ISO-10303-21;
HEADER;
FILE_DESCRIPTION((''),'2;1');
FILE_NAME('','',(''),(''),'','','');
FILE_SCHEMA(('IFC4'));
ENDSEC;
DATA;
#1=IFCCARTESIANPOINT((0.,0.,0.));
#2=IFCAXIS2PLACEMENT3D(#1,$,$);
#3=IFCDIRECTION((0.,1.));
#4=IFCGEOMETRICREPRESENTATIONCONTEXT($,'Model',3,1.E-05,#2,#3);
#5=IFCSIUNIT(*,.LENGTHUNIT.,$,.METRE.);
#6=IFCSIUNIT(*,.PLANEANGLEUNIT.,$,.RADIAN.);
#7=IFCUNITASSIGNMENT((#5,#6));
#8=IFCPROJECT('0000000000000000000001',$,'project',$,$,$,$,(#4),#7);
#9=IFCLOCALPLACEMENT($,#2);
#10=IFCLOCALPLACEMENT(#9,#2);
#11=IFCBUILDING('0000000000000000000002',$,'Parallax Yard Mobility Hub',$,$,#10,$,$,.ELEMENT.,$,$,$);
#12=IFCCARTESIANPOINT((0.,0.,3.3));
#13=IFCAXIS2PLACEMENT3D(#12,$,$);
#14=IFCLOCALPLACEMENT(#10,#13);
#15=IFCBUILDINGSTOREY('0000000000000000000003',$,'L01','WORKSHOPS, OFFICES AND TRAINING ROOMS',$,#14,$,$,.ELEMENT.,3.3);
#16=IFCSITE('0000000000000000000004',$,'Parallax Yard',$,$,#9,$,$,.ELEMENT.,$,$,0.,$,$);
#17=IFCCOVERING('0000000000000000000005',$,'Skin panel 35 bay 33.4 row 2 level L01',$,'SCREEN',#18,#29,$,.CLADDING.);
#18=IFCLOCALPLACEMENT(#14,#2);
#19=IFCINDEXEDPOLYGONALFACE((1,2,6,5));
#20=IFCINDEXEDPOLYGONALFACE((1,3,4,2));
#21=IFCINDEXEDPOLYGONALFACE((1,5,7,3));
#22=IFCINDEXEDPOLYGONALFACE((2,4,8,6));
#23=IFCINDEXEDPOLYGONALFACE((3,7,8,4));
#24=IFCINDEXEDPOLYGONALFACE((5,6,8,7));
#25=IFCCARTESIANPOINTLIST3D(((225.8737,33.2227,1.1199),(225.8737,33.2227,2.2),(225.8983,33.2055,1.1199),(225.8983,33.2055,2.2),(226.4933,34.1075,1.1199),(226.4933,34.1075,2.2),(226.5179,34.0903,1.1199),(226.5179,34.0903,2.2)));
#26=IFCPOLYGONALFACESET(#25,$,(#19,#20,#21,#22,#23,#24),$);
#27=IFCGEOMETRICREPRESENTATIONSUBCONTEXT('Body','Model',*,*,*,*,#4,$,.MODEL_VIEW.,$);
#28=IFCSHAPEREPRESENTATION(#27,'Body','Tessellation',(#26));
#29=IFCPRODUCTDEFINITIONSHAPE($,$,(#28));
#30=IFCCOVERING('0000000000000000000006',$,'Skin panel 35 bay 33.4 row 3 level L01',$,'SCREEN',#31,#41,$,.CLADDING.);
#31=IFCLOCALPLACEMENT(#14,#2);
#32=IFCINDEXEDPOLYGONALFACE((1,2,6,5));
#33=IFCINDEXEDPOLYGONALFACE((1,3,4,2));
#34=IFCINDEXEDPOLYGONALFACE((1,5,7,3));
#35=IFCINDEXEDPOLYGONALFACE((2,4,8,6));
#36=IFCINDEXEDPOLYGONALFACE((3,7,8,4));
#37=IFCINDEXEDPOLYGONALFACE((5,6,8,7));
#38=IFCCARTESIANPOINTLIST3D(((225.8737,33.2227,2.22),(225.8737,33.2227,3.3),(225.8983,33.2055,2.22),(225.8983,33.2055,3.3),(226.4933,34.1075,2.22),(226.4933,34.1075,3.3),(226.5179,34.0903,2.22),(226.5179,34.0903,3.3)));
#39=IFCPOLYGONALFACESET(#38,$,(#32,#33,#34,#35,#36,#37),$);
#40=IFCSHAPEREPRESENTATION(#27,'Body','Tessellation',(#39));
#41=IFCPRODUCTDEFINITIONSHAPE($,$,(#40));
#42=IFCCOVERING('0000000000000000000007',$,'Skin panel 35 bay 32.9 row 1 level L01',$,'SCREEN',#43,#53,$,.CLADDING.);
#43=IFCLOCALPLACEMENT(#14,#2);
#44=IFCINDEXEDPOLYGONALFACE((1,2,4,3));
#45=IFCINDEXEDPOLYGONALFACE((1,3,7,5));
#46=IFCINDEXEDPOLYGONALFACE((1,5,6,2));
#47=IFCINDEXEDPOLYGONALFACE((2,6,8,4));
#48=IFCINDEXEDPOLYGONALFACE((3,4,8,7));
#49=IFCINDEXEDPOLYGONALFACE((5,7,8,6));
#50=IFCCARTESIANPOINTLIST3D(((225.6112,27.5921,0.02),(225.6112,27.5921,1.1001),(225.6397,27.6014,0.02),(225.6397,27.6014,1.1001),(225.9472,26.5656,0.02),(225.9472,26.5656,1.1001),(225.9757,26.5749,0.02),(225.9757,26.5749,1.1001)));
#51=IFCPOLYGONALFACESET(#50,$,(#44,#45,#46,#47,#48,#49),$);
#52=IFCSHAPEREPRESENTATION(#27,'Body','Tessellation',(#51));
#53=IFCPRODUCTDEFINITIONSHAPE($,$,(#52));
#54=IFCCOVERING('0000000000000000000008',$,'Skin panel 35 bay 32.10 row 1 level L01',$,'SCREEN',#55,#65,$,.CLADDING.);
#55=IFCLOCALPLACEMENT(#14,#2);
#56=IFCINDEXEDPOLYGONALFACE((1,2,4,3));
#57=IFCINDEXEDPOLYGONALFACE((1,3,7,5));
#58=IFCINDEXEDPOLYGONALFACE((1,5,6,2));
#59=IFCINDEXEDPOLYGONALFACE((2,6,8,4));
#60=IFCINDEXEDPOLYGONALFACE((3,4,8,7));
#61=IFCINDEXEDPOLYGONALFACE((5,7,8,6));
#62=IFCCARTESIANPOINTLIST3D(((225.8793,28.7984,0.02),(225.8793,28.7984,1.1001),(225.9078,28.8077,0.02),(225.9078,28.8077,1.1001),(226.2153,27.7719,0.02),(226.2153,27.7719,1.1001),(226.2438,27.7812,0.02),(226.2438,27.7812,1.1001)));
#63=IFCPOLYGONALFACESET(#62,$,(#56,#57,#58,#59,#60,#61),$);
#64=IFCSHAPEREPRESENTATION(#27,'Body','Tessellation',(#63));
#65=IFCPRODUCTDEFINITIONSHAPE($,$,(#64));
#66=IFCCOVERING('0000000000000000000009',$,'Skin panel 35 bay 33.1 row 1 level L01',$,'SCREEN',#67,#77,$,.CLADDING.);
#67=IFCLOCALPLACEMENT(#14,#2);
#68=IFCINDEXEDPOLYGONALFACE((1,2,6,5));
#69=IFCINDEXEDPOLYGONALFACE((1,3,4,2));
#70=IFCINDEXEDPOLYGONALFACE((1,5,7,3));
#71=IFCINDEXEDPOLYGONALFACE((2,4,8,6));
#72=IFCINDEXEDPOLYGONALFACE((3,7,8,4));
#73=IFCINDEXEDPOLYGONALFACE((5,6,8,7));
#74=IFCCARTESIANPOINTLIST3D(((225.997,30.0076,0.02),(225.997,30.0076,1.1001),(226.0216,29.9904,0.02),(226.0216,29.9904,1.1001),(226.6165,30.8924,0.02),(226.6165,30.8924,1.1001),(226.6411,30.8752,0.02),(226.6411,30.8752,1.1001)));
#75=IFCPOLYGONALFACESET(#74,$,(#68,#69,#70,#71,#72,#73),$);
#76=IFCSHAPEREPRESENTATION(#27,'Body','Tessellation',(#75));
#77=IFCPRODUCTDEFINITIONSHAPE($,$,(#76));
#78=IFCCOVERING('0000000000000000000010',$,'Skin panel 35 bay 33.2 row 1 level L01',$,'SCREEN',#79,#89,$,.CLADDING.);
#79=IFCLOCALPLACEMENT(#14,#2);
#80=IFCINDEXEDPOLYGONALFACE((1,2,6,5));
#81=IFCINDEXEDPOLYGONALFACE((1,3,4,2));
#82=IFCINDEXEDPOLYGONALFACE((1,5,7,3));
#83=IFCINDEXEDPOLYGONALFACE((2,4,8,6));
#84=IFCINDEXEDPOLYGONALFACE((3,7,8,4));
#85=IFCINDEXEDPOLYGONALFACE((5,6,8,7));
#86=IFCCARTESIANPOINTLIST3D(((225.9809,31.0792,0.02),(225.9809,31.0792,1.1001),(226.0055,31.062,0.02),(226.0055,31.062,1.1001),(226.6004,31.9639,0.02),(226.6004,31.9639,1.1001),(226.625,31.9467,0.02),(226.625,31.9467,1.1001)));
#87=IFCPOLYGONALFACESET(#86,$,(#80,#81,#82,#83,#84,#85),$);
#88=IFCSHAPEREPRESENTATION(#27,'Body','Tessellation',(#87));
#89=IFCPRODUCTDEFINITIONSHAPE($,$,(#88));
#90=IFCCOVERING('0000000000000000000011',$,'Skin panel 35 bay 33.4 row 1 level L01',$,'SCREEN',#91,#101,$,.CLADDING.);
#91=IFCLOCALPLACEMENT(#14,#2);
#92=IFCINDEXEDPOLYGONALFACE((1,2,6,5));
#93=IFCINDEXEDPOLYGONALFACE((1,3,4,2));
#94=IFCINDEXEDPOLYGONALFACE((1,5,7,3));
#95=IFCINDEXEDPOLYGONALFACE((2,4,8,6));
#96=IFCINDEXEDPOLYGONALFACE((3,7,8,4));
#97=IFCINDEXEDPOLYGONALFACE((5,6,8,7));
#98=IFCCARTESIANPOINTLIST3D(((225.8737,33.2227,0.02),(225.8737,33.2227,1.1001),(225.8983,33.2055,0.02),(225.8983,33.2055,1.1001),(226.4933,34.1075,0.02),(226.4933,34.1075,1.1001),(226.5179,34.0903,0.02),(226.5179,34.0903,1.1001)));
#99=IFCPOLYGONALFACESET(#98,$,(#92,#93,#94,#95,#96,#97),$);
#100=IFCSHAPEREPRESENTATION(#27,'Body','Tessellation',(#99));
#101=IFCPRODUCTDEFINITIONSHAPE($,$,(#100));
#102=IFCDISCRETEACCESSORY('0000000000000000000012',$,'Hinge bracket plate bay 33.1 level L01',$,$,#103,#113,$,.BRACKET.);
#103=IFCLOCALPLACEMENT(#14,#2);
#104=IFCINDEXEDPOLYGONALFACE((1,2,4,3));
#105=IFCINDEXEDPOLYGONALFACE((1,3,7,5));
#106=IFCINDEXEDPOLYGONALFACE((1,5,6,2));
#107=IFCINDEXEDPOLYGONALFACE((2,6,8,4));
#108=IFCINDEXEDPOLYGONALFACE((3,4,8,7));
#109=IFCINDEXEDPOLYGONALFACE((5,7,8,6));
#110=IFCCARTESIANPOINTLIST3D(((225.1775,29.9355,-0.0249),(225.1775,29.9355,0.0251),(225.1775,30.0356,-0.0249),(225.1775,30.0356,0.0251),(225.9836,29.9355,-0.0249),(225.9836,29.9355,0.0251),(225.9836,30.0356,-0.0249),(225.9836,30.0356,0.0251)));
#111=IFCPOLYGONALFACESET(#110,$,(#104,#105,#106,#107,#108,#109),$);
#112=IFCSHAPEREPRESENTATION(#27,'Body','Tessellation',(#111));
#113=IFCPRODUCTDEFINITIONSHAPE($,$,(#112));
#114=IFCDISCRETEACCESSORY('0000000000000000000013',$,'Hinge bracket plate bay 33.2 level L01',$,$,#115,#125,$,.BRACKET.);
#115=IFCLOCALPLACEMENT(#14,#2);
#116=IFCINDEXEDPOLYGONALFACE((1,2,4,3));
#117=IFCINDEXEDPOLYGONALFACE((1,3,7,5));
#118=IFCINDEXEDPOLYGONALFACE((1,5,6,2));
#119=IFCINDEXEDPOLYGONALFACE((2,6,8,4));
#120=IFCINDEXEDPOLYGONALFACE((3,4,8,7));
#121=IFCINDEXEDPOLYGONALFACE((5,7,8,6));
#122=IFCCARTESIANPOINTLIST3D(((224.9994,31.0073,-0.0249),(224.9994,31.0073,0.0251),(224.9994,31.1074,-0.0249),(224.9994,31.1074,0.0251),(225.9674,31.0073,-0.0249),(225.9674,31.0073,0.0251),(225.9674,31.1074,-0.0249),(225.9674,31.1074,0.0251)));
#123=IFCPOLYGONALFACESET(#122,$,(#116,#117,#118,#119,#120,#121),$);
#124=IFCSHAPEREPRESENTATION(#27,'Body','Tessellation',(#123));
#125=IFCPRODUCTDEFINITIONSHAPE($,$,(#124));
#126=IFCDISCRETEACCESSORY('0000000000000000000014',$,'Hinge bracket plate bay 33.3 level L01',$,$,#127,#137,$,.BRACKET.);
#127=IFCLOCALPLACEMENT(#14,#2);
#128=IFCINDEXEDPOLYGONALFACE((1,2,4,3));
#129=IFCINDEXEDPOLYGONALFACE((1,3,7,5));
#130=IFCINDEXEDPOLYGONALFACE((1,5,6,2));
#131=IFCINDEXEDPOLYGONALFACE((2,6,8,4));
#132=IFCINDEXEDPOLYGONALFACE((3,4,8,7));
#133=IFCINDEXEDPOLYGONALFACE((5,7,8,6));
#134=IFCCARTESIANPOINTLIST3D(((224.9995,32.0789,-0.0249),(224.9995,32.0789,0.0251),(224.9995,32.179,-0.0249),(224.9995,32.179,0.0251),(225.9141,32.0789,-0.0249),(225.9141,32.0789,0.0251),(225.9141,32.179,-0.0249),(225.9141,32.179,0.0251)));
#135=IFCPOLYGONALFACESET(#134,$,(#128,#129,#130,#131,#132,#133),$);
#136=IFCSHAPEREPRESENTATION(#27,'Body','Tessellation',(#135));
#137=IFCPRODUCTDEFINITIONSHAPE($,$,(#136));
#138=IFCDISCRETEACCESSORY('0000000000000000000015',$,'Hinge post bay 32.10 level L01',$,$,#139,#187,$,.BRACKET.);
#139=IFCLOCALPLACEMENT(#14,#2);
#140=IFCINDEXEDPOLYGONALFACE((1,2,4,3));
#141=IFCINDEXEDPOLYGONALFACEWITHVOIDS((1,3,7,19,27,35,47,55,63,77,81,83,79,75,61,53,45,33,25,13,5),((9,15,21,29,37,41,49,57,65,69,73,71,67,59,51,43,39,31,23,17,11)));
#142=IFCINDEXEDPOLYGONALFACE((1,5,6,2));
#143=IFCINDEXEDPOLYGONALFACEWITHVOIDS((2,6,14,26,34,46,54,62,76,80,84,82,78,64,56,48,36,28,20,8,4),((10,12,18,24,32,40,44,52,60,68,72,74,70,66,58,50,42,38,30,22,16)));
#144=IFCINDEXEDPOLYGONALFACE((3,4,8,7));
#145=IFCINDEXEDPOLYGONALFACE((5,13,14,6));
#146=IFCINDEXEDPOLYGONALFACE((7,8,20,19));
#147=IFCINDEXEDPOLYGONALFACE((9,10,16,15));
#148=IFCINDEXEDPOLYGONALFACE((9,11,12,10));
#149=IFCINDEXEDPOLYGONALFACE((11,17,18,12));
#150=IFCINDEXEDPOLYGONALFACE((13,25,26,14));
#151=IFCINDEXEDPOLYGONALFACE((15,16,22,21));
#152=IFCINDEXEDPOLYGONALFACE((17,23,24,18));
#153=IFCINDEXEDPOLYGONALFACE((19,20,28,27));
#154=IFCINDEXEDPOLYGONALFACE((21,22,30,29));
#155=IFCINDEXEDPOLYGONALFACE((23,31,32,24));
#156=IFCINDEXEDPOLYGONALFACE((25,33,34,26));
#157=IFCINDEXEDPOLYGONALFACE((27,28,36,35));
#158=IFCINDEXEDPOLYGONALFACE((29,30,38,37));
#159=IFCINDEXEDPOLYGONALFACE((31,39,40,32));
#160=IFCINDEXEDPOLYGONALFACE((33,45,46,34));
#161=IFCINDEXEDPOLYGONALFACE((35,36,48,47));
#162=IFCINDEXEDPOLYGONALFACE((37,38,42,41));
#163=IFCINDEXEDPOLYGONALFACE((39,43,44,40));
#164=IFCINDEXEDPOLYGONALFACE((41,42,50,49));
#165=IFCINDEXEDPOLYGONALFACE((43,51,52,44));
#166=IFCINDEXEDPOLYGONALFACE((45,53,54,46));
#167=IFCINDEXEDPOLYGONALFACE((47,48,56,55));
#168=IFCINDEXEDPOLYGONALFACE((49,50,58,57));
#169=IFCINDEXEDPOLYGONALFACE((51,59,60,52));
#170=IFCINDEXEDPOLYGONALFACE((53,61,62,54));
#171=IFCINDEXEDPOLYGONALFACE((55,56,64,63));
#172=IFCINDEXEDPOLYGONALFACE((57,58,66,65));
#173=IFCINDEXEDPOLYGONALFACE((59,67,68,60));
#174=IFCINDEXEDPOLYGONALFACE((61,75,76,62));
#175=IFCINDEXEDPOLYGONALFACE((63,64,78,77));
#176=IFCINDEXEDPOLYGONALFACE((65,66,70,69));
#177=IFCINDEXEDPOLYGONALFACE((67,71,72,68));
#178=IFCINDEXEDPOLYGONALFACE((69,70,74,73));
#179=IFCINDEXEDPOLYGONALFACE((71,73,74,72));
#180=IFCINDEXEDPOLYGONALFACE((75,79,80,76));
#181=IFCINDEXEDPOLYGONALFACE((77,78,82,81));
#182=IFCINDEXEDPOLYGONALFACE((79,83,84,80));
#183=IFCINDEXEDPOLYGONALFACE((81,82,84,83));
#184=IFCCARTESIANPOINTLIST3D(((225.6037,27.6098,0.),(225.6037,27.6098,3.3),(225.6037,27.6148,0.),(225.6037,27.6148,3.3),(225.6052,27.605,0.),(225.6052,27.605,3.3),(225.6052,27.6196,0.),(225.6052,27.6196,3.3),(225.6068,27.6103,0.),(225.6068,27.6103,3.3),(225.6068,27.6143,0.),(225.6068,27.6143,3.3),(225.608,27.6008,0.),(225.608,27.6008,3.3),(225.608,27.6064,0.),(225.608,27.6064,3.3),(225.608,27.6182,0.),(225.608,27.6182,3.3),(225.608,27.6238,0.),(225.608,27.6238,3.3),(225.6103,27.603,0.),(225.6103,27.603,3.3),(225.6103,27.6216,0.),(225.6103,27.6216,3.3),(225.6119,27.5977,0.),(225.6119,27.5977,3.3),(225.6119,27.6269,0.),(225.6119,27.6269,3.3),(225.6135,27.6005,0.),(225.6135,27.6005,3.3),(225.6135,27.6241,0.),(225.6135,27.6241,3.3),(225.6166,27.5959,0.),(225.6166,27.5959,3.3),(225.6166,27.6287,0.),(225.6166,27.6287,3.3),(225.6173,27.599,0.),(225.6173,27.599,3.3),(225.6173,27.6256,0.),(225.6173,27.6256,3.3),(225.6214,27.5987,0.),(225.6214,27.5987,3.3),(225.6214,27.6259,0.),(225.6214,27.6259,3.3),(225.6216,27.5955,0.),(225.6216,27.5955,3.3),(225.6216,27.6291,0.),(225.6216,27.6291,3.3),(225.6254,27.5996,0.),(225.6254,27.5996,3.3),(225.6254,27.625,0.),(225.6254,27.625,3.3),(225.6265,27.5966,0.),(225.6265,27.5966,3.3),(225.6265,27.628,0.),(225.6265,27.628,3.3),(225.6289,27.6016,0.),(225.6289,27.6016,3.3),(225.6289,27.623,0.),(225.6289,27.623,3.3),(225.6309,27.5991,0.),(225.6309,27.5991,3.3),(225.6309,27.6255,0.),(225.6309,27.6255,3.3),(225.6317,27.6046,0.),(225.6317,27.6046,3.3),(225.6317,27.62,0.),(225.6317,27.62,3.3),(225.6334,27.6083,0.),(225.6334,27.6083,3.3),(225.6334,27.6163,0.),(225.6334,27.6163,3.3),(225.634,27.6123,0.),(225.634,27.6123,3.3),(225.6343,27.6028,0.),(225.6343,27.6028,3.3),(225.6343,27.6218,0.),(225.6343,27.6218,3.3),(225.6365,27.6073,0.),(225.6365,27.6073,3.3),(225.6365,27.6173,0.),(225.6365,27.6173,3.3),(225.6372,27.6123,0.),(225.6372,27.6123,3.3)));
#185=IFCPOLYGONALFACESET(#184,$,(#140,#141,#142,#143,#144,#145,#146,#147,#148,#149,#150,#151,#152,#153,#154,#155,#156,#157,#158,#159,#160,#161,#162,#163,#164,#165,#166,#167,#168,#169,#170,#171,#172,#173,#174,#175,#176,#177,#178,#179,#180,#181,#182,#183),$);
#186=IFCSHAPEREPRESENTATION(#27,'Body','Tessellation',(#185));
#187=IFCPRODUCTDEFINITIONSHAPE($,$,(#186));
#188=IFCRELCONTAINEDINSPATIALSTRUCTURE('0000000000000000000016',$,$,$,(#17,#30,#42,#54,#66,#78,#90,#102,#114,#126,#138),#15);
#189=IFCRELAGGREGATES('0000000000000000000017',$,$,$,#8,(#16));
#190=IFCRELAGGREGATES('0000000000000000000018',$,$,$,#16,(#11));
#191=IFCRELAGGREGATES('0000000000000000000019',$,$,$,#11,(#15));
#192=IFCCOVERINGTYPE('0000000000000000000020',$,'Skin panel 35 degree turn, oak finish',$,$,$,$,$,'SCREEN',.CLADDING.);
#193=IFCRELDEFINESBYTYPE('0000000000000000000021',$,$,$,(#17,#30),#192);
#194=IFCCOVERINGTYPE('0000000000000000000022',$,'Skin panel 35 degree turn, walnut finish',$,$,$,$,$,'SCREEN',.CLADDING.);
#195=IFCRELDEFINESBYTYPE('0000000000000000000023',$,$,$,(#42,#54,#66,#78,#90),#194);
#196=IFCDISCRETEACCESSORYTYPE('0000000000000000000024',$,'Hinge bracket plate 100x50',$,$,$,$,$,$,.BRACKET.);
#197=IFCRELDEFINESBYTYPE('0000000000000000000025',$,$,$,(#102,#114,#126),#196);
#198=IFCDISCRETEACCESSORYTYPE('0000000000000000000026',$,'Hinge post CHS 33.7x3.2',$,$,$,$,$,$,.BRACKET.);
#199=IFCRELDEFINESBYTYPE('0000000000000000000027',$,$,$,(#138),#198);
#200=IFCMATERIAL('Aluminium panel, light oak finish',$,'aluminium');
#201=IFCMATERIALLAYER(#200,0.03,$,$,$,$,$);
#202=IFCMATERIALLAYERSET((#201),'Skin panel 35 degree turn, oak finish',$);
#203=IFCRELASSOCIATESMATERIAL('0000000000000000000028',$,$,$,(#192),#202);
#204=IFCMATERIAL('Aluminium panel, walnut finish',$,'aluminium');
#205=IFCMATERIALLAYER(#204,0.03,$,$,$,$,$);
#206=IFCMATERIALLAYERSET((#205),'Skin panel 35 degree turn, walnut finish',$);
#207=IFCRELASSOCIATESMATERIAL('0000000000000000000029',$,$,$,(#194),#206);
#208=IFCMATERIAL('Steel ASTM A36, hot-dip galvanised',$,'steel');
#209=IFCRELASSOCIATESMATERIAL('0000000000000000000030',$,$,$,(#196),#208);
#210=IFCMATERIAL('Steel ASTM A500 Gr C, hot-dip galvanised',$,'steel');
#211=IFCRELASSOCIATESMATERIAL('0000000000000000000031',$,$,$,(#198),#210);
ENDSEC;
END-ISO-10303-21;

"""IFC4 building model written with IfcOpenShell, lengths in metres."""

from ifc_helpers import new_model, si_unit, direction, frame, origin, origin_2d, place, context, subcontext, project, spatial, rectangle, hollow_circle, extrude, material, layer, layer_set, material_profile, profile_set, type_object, element, save


model = new_model("IFC4")

# Units and contexts
model_context = context("Model", 3, precision=1e-05, world=origin(), true_north=direction((0.0, 1.0)))
body_context = subcontext(model_context, "Body", "Model", "MODEL_VIEW")
ifc_project = project(units=[si_unit("LENGTHUNIT", "METRE"), si_unit("PLANEANGLEUNIT", "RADIAN")], contexts=[model_context])

# Site, building, storey
site_placement = place(None, origin())
site = spatial("IfcSite", under=ifc_project, at=site_placement, Name="Parallax Yard", CompositionType="ELEMENT", RefElevation=0.0)
building_placement = place(site_placement, origin())
building = spatial("IfcBuilding", under=site, at=building_placement, Name="Parallax Yard Mobility Hub", CompositionType="ELEMENT")
storey_placement = place(building_placement, frame((0.0, 0.0, 3.3)))
storey = spatial("IfcBuildingStorey", under=building, at=storey_placement, Name="L01", Description="WORKSHOPS, OFFICES AND TRAINING ROOMS", CompositionType="ELEMENT", Elevation=3.3)

# Coverings
ifc_material_1 = material(Name="Aluminium panel, light oak finish", Category="aluminium")
ifc_material_2 = material(Name="Aluminium panel, walnut finish", Category="aluminium")
ifc_layer_1 = layer(ifc_material_1, 0.03)
ifc_layer_set_1 = layer_set([ifc_layer_1], Name="Skin panel 35 degree turn, oak finish")
covering_type_1 = type_object("IfcCoveringType", Name="Skin panel 35 degree turn, oak finish", ElementType="SCREEN", PredefinedType="CLADDING", material=ifc_layer_set_1)
for number, where, z_axis, x_axis, name in (
    (1, (226.1958, 33.6565, 1.1199), (0.0, 0.0, 1.0), (0.573576, 0.819152, 0.0), "Skin panel 35 bay 33.4 row 2 level L01"),
    (2, (226.1958, 33.6565, 2.22), (0.0, 0.0, 1.0), (0.573576, 0.819152, 0.0), "Skin panel 35 bay 33.4 row 3 level L01"),
):
    element("IfcCovering", number, at=place(storey_placement, frame(where, z_axis=z_axis, x_axis=x_axis)), inside=storey, type_object=covering_type_1, Name=name, ObjectType="SCREEN", PredefinedType="CLADDING", context=body_context, shape_type="SweptSolid", body=[
        extrude(rectangle(XDim=1.0801, YDim=0.03, at=origin_2d()), origin(), (0.0, 0.0, 1.0), 1.0801),
    ])
ifc_layer_2 = layer(ifc_material_2, 0.03)
ifc_layer_set_2 = layer_set([ifc_layer_2], Name="Skin panel 35 degree turn, walnut finish")
covering_type_2 = type_object("IfcCoveringType", Name="Skin panel 35 degree turn, walnut finish", ElementType="SCREEN", PredefinedType="CLADDING", material=ifc_layer_set_2)
for number, where, z_axis, x_axis, name in (
    (3, (225.7935, 27.0835, 0.02), (0.0, 0.0, 1.0), (0.311091, -0.95038, 0.0), "Skin panel 35 bay 32.9 row 1 level L01"),
    (4, (226.0615, 28.2898, 0.02), (0.0, 0.0, 1.0), (0.311091, -0.95038, 0.0), "Skin panel 35 bay 32.10 row 1 level L01"),
    (5, (226.3191, 30.4414, 0.02), (0.0, 0.0, 1.0), (0.573576, 0.819152, 0.0), "Skin panel 35 bay 33.1 row 1 level L01"),
    (6, (226.303, 31.5129, 0.02), (0.0, 0.0, 1.0), (0.573576, 0.819152, 0.0), "Skin panel 35 bay 33.2 row 1 level L01"),
    (7, (226.1958, 33.6565, 0.02), (0.0, 0.0, 1.0), (0.573576, 0.819152, 0.0), "Skin panel 35 bay 33.4 row 1 level L01"),
):
    element("IfcCovering", number, at=place(storey_placement, frame(where, z_axis=z_axis, x_axis=x_axis)), inside=storey, type_object=covering_type_2, Name=name, ObjectType="SCREEN", PredefinedType="CLADDING", context=body_context, shape_type="SweptSolid", body=[
        extrude(rectangle(XDim=1.0801, YDim=0.03, at=origin_2d()), origin(), (0.0, 0.0, 1.0), 1.0801),
    ])

# Discrete accessories
ifc_material_3 = material(Name="Steel ASTM A36, hot-dip galvanised", Category="steel")
discrete_accessory_type_1 = type_object("IfcDiscreteAccessoryType", Name="Hinge bracket plate 100x50", PredefinedType="BRACKET", material=ifc_material_3)
discrete_accessory_1_placement = place(storey_placement, frame((225.5806, 29.9856, -0.0249), z_axis=(0.0, 0.0, 1.0), x_axis=(1.0, 0.0, 0.0)))
element("IfcDiscreteAccessory", 8, at=discrete_accessory_1_placement, inside=storey, type_object=discrete_accessory_type_1, Name="Hinge bracket plate bay 33.1 level L01", PredefinedType="BRACKET", context=body_context, shape_type="SweptSolid", body=[
    extrude(rectangle(XDim=0.8062, YDim=0.1001, at=origin_2d()), origin(), (0.0, 0.0, 1.0), 0.05),
])
discrete_accessory_2_placement = place(storey_placement, frame((225.4834, 31.0574, -0.0249), z_axis=(0.0, 0.0, 1.0), x_axis=(1.0, 0.0, 0.0)))
element("IfcDiscreteAccessory", 9, at=discrete_accessory_2_placement, inside=storey, type_object=discrete_accessory_type_1, Name="Hinge bracket plate bay 33.2 level L01", PredefinedType="BRACKET", context=body_context, shape_type="SweptSolid", body=[
    extrude(rectangle(XDim=0.968, YDim=0.1001, at=origin_2d()), origin(), (0.0, 0.0, 1.0), 0.05),
])
discrete_accessory_3_placement = place(storey_placement, frame((225.4568, 32.1289, -0.0249), z_axis=(0.0, 0.0, 1.0), x_axis=(1.0, 0.0, 0.0)))
element("IfcDiscreteAccessory", 10, at=discrete_accessory_3_placement, inside=storey, type_object=discrete_accessory_type_1, Name="Hinge bracket plate bay 33.3 level L01", PredefinedType="BRACKET", context=body_context, shape_type="SweptSolid", body=[
    extrude(rectangle(XDim=0.9146, YDim=0.1001, at=origin_2d()), origin(), (0.0, 0.0, 1.0), 0.05),
])
ifc_material_4 = material(Name="Steel ASTM A500 Gr C, hot-dip galvanised", Category="steel")
ifc_material_profile = material_profile(ifc_material_4, hollow_circle(Radius=0.0168, WallThickness=0.0032, at=origin_2d()), Name="CHS 33.7x3.2")
ifc_profile_set = profile_set([ifc_material_profile], Name="Steel ASTM A500 Gr C, hot-dip galvanised")
discrete_accessory_type_2 = type_object("IfcDiscreteAccessoryType", Name="Hinge post CHS 33.7x3.2", PredefinedType="BRACKET", material=ifc_profile_set)
for number, where, z_axis, x_axis, name in (
    (11, (225.6204, 27.6123, 0.0), (0.0, 0.0, 1.0), (1.0, 0.0, 0.0), "Hinge post bay 32.10 level L01"),
):
    element("IfcDiscreteAccessory", number, at=place(storey_placement, frame(where, z_axis=z_axis, x_axis=x_axis)), inside=storey, type_object=discrete_accessory_type_2, Name=name, PredefinedType="BRACKET", context=body_context, shape_type="SweptSolid", body=[
        extrude(hollow_circle(Radius=0.0168, WallThickness=0.0032, at=origin_2d()), origin(), (0.0, 0.0, 1.0), 3.3),
    ])

save(model, "model.ifc")
